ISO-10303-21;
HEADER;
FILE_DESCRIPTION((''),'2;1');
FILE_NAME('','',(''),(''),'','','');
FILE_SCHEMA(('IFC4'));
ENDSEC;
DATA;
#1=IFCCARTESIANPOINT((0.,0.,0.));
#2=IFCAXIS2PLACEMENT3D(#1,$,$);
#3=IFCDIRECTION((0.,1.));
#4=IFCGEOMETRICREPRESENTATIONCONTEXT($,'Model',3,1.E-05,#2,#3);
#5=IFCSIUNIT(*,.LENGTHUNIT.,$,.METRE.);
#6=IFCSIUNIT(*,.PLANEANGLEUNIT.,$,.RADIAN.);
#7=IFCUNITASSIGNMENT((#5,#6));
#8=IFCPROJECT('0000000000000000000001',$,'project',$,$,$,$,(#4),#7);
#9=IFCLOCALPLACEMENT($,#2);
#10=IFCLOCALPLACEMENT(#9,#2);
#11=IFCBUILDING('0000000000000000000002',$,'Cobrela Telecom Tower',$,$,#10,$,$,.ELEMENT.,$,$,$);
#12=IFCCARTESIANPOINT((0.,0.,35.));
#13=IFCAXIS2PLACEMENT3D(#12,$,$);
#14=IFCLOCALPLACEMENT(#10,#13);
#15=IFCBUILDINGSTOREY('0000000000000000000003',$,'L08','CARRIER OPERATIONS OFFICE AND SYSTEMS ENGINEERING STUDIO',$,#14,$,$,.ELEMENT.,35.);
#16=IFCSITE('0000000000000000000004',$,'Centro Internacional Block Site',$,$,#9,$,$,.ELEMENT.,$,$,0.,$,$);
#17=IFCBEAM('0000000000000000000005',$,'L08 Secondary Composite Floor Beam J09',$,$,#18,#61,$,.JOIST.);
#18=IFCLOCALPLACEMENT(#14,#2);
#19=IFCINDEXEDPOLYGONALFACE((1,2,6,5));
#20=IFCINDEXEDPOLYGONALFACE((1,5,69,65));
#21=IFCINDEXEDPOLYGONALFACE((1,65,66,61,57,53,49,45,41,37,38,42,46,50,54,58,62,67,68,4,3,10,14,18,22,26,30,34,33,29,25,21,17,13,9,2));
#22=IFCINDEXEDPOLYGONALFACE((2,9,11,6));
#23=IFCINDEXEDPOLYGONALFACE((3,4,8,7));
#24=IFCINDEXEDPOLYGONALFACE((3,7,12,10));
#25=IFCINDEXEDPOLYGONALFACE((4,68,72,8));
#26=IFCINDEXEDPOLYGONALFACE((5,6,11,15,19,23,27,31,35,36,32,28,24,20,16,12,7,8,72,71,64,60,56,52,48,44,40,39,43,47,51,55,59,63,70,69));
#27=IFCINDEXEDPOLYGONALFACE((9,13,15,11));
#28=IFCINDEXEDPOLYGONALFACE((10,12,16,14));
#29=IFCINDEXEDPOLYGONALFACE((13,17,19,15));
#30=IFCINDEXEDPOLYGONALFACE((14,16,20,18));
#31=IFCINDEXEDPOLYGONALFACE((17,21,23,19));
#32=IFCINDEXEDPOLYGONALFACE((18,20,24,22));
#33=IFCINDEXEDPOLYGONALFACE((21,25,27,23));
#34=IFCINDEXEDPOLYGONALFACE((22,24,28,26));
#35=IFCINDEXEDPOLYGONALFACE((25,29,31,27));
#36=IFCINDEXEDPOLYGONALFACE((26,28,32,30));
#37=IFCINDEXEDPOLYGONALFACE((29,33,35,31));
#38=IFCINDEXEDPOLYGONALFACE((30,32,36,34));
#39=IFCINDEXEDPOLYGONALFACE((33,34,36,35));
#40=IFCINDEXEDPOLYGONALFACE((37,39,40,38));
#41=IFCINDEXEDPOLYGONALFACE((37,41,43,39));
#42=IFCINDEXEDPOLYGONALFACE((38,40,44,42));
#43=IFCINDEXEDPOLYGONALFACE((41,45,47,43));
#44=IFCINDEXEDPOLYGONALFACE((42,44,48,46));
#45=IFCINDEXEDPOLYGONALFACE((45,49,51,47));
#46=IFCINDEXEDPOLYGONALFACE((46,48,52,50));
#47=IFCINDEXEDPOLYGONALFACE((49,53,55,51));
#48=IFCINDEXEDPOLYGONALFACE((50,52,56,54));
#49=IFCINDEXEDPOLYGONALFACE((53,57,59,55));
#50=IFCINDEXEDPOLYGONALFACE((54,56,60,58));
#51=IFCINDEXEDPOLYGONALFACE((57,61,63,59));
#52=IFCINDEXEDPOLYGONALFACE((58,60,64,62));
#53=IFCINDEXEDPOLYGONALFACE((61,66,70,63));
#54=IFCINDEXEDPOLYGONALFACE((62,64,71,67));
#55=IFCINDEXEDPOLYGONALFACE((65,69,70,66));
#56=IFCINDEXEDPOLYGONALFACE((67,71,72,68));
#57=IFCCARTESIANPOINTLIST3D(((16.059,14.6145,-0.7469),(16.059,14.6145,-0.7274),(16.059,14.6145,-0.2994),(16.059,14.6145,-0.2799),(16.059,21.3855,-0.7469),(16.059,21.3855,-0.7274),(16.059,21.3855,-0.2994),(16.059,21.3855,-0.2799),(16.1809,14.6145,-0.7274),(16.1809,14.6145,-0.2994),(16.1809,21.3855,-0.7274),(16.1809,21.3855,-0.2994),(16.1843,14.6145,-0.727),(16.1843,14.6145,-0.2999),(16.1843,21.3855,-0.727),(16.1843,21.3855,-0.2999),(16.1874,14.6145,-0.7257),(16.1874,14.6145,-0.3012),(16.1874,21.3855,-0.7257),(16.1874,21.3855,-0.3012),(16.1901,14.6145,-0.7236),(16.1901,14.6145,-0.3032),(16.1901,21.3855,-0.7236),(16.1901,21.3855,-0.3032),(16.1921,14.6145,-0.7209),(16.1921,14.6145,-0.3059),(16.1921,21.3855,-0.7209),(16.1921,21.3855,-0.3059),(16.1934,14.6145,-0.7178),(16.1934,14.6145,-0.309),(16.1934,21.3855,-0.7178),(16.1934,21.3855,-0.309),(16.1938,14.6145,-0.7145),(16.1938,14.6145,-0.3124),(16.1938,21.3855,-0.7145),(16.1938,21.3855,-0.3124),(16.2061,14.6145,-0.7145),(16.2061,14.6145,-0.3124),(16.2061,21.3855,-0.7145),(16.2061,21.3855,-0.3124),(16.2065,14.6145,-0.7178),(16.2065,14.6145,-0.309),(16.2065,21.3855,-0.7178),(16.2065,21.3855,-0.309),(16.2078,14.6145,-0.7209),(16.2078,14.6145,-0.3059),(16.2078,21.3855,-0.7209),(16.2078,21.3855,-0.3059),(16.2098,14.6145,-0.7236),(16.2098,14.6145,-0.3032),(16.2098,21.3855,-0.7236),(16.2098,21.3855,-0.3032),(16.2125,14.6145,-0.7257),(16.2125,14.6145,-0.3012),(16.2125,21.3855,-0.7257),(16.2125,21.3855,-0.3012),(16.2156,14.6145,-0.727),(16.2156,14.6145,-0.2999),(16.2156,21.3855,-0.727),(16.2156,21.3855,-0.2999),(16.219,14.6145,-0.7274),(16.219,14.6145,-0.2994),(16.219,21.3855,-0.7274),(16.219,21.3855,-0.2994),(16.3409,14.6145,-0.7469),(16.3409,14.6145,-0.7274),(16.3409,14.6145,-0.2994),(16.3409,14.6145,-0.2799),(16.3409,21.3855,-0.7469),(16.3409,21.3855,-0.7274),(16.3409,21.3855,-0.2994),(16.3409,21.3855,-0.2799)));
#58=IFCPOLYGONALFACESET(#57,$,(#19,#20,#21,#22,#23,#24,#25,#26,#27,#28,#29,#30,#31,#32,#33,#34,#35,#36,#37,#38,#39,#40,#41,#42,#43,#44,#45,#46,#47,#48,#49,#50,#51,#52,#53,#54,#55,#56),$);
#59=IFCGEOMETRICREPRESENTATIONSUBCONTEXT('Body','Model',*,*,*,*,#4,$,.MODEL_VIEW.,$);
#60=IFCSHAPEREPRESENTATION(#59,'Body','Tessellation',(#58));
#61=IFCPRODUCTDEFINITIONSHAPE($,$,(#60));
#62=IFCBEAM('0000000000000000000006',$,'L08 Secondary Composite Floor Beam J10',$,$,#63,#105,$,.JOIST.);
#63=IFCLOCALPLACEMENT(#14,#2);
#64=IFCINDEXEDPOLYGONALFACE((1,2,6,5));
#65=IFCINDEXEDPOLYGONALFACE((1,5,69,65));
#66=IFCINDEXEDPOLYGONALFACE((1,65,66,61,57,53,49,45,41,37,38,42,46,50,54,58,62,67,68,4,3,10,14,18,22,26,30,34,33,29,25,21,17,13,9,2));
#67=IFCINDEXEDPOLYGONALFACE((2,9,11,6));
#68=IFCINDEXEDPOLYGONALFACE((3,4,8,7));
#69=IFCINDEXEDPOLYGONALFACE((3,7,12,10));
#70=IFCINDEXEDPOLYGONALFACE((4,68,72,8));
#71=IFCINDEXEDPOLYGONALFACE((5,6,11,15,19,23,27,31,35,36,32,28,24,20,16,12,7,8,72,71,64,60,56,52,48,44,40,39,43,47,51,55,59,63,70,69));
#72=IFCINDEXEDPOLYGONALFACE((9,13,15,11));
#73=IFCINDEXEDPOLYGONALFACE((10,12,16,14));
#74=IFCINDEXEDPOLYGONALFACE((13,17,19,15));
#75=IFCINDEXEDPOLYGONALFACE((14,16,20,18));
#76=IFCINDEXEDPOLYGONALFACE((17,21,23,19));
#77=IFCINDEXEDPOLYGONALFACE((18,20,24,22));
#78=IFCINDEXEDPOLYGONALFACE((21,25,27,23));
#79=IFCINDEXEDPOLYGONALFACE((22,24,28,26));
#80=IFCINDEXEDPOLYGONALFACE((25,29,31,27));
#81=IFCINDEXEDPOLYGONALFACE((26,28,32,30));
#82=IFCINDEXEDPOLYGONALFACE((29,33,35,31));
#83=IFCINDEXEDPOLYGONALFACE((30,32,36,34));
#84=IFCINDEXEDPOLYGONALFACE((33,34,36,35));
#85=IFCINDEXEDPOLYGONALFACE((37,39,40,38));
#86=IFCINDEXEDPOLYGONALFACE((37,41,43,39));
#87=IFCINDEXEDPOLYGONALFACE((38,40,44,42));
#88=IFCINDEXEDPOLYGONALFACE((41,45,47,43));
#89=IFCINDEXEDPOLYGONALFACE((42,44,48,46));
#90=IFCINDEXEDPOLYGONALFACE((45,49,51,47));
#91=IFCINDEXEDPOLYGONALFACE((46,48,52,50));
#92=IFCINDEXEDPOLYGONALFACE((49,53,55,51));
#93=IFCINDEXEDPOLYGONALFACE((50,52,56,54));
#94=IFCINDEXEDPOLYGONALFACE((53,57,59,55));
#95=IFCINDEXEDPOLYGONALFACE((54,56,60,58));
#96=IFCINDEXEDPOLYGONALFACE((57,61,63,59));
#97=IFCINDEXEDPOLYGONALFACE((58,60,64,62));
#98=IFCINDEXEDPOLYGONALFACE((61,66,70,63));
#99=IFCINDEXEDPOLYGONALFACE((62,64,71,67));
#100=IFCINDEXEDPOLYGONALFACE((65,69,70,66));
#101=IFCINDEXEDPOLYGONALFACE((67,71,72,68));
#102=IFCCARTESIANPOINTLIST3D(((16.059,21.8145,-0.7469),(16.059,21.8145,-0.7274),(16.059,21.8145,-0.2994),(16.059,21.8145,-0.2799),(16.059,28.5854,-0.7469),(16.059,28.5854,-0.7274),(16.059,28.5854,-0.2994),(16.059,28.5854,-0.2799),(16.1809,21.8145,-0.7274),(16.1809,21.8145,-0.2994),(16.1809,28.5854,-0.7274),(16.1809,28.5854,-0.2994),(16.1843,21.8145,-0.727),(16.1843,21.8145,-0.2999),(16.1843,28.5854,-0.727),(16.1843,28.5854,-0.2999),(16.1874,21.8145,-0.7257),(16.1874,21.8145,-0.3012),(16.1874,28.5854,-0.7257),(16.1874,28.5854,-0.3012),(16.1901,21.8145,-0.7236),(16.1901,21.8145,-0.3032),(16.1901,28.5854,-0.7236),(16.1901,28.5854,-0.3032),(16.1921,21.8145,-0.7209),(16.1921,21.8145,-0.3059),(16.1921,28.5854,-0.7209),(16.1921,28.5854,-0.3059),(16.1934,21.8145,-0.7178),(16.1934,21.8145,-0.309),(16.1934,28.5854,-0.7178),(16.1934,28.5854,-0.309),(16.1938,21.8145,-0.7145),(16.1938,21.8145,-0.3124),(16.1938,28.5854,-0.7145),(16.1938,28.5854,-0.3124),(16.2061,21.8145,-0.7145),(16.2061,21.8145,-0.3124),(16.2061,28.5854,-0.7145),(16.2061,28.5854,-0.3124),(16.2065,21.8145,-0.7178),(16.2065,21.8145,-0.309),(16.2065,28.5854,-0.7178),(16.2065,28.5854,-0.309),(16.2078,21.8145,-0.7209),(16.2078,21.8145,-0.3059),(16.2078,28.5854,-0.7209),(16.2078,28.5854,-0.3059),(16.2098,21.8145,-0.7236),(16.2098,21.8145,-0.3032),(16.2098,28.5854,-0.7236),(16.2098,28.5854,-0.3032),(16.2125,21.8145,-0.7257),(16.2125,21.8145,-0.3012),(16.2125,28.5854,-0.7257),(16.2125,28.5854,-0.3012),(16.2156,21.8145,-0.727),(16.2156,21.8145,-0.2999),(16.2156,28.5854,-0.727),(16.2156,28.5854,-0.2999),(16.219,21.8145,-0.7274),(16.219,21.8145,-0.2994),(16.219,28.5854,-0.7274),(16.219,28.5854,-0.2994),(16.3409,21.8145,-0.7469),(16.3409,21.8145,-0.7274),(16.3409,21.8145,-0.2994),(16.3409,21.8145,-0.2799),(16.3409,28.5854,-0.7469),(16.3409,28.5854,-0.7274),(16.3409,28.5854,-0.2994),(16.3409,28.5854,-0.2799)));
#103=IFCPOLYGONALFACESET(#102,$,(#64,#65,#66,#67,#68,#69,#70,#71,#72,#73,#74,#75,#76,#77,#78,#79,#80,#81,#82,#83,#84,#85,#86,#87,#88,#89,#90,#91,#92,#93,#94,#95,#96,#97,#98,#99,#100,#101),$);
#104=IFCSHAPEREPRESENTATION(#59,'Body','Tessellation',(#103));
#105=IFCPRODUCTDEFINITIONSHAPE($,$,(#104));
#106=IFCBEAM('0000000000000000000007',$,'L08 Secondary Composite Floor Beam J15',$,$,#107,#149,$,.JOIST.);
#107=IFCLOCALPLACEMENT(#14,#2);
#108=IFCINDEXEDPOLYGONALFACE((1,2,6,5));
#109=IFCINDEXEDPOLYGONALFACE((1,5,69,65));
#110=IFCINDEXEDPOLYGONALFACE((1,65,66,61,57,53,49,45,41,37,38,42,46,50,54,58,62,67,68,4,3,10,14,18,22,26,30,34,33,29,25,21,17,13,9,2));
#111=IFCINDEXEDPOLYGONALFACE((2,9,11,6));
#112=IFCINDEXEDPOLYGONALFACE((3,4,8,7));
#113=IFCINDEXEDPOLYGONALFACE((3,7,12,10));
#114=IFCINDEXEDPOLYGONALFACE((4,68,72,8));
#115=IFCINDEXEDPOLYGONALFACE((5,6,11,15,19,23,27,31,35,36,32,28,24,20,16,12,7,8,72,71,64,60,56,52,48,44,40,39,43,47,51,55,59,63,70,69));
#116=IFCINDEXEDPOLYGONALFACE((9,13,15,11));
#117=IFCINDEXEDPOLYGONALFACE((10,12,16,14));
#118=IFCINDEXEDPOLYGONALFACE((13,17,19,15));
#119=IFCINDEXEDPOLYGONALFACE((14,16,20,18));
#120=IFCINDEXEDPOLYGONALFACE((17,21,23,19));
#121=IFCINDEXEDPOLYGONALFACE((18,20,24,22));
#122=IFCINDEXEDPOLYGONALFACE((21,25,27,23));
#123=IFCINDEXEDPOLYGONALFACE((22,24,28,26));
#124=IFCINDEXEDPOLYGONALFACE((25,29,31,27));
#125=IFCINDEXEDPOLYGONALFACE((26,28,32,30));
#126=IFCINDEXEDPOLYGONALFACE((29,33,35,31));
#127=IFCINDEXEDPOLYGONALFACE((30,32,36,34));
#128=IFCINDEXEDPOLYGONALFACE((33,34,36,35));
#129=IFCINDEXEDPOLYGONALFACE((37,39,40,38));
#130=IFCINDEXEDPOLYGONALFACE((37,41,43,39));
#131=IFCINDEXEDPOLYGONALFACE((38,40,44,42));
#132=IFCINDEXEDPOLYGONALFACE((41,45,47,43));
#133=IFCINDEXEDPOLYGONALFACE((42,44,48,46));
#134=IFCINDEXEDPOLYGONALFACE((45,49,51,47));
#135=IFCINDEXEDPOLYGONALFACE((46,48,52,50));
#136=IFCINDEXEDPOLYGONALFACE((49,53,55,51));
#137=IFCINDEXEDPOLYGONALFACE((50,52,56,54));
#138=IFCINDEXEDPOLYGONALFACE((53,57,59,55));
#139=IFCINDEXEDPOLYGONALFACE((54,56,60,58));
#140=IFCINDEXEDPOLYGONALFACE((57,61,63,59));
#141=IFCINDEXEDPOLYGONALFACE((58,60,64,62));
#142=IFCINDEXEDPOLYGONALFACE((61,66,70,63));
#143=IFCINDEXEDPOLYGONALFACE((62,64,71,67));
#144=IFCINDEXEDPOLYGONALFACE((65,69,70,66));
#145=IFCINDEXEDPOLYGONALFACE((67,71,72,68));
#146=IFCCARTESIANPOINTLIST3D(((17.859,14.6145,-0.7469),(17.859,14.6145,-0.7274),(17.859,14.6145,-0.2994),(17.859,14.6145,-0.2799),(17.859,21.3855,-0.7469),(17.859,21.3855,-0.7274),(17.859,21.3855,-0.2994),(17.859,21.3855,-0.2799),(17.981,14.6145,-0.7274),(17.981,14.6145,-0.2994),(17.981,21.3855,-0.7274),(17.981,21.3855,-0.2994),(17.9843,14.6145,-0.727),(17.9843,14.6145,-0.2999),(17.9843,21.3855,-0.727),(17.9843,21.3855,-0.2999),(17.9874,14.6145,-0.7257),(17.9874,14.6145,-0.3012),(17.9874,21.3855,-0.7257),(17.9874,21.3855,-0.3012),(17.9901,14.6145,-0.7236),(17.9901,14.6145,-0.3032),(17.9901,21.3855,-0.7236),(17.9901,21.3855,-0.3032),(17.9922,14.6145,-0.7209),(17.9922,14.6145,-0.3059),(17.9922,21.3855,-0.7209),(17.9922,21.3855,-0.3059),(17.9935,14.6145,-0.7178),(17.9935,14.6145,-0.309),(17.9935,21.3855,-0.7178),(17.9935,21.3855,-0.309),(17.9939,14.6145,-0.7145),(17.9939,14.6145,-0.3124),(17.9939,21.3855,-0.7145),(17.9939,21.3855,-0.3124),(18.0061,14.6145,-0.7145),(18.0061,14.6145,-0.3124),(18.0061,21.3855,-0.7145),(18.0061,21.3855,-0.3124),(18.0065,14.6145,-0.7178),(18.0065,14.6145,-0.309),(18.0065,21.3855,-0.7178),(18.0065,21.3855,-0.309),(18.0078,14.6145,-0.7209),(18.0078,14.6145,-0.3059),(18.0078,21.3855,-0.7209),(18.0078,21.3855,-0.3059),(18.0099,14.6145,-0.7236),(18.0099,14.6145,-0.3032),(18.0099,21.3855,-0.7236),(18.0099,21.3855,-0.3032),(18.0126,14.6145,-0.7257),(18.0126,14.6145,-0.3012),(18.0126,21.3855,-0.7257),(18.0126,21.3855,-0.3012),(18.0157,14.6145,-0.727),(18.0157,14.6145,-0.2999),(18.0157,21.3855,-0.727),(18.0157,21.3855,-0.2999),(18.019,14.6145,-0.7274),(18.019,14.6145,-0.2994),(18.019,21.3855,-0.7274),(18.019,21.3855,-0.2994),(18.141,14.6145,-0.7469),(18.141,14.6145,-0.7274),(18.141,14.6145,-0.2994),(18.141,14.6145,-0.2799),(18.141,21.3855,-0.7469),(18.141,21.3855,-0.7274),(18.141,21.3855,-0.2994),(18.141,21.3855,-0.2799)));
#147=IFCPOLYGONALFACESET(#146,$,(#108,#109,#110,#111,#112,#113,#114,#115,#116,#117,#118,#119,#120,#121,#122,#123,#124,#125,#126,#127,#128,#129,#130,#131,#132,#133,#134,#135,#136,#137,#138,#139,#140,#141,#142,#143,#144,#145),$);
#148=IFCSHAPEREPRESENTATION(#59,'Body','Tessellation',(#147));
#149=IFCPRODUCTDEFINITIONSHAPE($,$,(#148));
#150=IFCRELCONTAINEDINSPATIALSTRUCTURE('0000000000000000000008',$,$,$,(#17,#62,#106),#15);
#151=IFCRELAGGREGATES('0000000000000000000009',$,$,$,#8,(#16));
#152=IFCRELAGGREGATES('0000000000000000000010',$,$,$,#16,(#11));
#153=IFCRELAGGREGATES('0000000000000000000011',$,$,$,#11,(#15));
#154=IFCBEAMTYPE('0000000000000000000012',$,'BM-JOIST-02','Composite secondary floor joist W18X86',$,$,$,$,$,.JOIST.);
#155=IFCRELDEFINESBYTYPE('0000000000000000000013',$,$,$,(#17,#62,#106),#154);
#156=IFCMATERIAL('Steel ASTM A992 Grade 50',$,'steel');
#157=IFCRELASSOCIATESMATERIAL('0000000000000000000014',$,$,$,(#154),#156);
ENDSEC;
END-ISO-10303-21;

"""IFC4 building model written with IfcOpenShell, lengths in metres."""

from ifc_helpers import new_model, si_unit, direction, frame, origin, origin_2d, place, context, subcontext, project, spatial, i_section, extrude, material, material_profile, profile_set, type_object, element, save


model = new_model("IFC4")

# Units and contexts
model_context = context("Model", 3, precision=1e-05, world=origin(), true_north=direction((0.0, 1.0)))
body_context = subcontext(model_context, "Body", "Model", "MODEL_VIEW")
ifc_project = project(units=[si_unit("LENGTHUNIT", "METRE"), si_unit("PLANEANGLEUNIT", "RADIAN")], contexts=[model_context])

# Site, building, storey
site_placement = place(None, origin())
site = spatial("IfcSite", under=ifc_project, at=site_placement, Name="Centro Internacional Block Site", CompositionType="ELEMENT", RefElevation=0.0)
building_placement = place(site_placement, origin())
building = spatial("IfcBuilding", under=site, at=building_placement, Name="Cobrela Telecom Tower", CompositionType="ELEMENT")
storey_placement = place(building_placement, frame((0.0, 0.0, 35.0)))
storey = spatial("IfcBuildingStorey", under=building, at=storey_placement, Name="L08", Description="CARRIER OPERATIONS OFFICE AND SYSTEMS ENGINEERING STUDIO", CompositionType="ELEMENT", Elevation=35.0)

# Beams
ifc_material_1 = material(Name="Steel ASTM A992 Grade 50", Category="steel")
ifc_material_profile_1 = material_profile(ifc_material_1, i_section(OverallWidth=0.282, OverallDepth=0.467, WebThickness=0.0122, FlangeThickness=0.0195, FilletRadius=0.0129, at=origin_2d()), Name="W18X86")
ifc_profile_set_1 = profile_set([ifc_material_profile_1], Name="Steel ASTM A992 Grade 50")
beam_type_1 = type_object("IfcBeamType", Name="BM-JOIST-02", Description="Composite secondary floor joist W18X86", PredefinedType="JOIST", material=ifc_profile_set_1)
for number, where, z_axis, x_axis, name in (
    (1, (16.2, 14.6145, -0.5134), (0.0, 1.0, 0.0), (-1.0, 0.0, 0.0), "L08 Secondary Composite Floor Beam J09"),
    (2, (16.2, 21.8145, -0.5134), (0.0, 1.0, 0.0), (-1.0, 0.0, 0.0), "L08 Secondary Composite Floor Beam J10"),
    (3, (18.0, 14.6145, -0.5134), (0.0, 1.0, 0.0), (-1.0, 0.0, 0.0), "L08 Secondary Composite Floor Beam J15"),
):
    element("IfcBeam", number, at=place(storey_placement, frame(where, z_axis=z_axis, x_axis=x_axis)), inside=storey, type_object=beam_type_1, Name=name, PredefinedType="JOIST", context=body_context, shape_type="SweptSolid", body=[
        extrude(i_section(OverallWidth=0.282, OverallDepth=0.467, WebThickness=0.0122, FlangeThickness=0.0195, FilletRadius=0.0129, at=origin_2d()), origin(), (0.0, 0.0, 1.0), 6.771),
    ])

save(model, "model.ifc")
